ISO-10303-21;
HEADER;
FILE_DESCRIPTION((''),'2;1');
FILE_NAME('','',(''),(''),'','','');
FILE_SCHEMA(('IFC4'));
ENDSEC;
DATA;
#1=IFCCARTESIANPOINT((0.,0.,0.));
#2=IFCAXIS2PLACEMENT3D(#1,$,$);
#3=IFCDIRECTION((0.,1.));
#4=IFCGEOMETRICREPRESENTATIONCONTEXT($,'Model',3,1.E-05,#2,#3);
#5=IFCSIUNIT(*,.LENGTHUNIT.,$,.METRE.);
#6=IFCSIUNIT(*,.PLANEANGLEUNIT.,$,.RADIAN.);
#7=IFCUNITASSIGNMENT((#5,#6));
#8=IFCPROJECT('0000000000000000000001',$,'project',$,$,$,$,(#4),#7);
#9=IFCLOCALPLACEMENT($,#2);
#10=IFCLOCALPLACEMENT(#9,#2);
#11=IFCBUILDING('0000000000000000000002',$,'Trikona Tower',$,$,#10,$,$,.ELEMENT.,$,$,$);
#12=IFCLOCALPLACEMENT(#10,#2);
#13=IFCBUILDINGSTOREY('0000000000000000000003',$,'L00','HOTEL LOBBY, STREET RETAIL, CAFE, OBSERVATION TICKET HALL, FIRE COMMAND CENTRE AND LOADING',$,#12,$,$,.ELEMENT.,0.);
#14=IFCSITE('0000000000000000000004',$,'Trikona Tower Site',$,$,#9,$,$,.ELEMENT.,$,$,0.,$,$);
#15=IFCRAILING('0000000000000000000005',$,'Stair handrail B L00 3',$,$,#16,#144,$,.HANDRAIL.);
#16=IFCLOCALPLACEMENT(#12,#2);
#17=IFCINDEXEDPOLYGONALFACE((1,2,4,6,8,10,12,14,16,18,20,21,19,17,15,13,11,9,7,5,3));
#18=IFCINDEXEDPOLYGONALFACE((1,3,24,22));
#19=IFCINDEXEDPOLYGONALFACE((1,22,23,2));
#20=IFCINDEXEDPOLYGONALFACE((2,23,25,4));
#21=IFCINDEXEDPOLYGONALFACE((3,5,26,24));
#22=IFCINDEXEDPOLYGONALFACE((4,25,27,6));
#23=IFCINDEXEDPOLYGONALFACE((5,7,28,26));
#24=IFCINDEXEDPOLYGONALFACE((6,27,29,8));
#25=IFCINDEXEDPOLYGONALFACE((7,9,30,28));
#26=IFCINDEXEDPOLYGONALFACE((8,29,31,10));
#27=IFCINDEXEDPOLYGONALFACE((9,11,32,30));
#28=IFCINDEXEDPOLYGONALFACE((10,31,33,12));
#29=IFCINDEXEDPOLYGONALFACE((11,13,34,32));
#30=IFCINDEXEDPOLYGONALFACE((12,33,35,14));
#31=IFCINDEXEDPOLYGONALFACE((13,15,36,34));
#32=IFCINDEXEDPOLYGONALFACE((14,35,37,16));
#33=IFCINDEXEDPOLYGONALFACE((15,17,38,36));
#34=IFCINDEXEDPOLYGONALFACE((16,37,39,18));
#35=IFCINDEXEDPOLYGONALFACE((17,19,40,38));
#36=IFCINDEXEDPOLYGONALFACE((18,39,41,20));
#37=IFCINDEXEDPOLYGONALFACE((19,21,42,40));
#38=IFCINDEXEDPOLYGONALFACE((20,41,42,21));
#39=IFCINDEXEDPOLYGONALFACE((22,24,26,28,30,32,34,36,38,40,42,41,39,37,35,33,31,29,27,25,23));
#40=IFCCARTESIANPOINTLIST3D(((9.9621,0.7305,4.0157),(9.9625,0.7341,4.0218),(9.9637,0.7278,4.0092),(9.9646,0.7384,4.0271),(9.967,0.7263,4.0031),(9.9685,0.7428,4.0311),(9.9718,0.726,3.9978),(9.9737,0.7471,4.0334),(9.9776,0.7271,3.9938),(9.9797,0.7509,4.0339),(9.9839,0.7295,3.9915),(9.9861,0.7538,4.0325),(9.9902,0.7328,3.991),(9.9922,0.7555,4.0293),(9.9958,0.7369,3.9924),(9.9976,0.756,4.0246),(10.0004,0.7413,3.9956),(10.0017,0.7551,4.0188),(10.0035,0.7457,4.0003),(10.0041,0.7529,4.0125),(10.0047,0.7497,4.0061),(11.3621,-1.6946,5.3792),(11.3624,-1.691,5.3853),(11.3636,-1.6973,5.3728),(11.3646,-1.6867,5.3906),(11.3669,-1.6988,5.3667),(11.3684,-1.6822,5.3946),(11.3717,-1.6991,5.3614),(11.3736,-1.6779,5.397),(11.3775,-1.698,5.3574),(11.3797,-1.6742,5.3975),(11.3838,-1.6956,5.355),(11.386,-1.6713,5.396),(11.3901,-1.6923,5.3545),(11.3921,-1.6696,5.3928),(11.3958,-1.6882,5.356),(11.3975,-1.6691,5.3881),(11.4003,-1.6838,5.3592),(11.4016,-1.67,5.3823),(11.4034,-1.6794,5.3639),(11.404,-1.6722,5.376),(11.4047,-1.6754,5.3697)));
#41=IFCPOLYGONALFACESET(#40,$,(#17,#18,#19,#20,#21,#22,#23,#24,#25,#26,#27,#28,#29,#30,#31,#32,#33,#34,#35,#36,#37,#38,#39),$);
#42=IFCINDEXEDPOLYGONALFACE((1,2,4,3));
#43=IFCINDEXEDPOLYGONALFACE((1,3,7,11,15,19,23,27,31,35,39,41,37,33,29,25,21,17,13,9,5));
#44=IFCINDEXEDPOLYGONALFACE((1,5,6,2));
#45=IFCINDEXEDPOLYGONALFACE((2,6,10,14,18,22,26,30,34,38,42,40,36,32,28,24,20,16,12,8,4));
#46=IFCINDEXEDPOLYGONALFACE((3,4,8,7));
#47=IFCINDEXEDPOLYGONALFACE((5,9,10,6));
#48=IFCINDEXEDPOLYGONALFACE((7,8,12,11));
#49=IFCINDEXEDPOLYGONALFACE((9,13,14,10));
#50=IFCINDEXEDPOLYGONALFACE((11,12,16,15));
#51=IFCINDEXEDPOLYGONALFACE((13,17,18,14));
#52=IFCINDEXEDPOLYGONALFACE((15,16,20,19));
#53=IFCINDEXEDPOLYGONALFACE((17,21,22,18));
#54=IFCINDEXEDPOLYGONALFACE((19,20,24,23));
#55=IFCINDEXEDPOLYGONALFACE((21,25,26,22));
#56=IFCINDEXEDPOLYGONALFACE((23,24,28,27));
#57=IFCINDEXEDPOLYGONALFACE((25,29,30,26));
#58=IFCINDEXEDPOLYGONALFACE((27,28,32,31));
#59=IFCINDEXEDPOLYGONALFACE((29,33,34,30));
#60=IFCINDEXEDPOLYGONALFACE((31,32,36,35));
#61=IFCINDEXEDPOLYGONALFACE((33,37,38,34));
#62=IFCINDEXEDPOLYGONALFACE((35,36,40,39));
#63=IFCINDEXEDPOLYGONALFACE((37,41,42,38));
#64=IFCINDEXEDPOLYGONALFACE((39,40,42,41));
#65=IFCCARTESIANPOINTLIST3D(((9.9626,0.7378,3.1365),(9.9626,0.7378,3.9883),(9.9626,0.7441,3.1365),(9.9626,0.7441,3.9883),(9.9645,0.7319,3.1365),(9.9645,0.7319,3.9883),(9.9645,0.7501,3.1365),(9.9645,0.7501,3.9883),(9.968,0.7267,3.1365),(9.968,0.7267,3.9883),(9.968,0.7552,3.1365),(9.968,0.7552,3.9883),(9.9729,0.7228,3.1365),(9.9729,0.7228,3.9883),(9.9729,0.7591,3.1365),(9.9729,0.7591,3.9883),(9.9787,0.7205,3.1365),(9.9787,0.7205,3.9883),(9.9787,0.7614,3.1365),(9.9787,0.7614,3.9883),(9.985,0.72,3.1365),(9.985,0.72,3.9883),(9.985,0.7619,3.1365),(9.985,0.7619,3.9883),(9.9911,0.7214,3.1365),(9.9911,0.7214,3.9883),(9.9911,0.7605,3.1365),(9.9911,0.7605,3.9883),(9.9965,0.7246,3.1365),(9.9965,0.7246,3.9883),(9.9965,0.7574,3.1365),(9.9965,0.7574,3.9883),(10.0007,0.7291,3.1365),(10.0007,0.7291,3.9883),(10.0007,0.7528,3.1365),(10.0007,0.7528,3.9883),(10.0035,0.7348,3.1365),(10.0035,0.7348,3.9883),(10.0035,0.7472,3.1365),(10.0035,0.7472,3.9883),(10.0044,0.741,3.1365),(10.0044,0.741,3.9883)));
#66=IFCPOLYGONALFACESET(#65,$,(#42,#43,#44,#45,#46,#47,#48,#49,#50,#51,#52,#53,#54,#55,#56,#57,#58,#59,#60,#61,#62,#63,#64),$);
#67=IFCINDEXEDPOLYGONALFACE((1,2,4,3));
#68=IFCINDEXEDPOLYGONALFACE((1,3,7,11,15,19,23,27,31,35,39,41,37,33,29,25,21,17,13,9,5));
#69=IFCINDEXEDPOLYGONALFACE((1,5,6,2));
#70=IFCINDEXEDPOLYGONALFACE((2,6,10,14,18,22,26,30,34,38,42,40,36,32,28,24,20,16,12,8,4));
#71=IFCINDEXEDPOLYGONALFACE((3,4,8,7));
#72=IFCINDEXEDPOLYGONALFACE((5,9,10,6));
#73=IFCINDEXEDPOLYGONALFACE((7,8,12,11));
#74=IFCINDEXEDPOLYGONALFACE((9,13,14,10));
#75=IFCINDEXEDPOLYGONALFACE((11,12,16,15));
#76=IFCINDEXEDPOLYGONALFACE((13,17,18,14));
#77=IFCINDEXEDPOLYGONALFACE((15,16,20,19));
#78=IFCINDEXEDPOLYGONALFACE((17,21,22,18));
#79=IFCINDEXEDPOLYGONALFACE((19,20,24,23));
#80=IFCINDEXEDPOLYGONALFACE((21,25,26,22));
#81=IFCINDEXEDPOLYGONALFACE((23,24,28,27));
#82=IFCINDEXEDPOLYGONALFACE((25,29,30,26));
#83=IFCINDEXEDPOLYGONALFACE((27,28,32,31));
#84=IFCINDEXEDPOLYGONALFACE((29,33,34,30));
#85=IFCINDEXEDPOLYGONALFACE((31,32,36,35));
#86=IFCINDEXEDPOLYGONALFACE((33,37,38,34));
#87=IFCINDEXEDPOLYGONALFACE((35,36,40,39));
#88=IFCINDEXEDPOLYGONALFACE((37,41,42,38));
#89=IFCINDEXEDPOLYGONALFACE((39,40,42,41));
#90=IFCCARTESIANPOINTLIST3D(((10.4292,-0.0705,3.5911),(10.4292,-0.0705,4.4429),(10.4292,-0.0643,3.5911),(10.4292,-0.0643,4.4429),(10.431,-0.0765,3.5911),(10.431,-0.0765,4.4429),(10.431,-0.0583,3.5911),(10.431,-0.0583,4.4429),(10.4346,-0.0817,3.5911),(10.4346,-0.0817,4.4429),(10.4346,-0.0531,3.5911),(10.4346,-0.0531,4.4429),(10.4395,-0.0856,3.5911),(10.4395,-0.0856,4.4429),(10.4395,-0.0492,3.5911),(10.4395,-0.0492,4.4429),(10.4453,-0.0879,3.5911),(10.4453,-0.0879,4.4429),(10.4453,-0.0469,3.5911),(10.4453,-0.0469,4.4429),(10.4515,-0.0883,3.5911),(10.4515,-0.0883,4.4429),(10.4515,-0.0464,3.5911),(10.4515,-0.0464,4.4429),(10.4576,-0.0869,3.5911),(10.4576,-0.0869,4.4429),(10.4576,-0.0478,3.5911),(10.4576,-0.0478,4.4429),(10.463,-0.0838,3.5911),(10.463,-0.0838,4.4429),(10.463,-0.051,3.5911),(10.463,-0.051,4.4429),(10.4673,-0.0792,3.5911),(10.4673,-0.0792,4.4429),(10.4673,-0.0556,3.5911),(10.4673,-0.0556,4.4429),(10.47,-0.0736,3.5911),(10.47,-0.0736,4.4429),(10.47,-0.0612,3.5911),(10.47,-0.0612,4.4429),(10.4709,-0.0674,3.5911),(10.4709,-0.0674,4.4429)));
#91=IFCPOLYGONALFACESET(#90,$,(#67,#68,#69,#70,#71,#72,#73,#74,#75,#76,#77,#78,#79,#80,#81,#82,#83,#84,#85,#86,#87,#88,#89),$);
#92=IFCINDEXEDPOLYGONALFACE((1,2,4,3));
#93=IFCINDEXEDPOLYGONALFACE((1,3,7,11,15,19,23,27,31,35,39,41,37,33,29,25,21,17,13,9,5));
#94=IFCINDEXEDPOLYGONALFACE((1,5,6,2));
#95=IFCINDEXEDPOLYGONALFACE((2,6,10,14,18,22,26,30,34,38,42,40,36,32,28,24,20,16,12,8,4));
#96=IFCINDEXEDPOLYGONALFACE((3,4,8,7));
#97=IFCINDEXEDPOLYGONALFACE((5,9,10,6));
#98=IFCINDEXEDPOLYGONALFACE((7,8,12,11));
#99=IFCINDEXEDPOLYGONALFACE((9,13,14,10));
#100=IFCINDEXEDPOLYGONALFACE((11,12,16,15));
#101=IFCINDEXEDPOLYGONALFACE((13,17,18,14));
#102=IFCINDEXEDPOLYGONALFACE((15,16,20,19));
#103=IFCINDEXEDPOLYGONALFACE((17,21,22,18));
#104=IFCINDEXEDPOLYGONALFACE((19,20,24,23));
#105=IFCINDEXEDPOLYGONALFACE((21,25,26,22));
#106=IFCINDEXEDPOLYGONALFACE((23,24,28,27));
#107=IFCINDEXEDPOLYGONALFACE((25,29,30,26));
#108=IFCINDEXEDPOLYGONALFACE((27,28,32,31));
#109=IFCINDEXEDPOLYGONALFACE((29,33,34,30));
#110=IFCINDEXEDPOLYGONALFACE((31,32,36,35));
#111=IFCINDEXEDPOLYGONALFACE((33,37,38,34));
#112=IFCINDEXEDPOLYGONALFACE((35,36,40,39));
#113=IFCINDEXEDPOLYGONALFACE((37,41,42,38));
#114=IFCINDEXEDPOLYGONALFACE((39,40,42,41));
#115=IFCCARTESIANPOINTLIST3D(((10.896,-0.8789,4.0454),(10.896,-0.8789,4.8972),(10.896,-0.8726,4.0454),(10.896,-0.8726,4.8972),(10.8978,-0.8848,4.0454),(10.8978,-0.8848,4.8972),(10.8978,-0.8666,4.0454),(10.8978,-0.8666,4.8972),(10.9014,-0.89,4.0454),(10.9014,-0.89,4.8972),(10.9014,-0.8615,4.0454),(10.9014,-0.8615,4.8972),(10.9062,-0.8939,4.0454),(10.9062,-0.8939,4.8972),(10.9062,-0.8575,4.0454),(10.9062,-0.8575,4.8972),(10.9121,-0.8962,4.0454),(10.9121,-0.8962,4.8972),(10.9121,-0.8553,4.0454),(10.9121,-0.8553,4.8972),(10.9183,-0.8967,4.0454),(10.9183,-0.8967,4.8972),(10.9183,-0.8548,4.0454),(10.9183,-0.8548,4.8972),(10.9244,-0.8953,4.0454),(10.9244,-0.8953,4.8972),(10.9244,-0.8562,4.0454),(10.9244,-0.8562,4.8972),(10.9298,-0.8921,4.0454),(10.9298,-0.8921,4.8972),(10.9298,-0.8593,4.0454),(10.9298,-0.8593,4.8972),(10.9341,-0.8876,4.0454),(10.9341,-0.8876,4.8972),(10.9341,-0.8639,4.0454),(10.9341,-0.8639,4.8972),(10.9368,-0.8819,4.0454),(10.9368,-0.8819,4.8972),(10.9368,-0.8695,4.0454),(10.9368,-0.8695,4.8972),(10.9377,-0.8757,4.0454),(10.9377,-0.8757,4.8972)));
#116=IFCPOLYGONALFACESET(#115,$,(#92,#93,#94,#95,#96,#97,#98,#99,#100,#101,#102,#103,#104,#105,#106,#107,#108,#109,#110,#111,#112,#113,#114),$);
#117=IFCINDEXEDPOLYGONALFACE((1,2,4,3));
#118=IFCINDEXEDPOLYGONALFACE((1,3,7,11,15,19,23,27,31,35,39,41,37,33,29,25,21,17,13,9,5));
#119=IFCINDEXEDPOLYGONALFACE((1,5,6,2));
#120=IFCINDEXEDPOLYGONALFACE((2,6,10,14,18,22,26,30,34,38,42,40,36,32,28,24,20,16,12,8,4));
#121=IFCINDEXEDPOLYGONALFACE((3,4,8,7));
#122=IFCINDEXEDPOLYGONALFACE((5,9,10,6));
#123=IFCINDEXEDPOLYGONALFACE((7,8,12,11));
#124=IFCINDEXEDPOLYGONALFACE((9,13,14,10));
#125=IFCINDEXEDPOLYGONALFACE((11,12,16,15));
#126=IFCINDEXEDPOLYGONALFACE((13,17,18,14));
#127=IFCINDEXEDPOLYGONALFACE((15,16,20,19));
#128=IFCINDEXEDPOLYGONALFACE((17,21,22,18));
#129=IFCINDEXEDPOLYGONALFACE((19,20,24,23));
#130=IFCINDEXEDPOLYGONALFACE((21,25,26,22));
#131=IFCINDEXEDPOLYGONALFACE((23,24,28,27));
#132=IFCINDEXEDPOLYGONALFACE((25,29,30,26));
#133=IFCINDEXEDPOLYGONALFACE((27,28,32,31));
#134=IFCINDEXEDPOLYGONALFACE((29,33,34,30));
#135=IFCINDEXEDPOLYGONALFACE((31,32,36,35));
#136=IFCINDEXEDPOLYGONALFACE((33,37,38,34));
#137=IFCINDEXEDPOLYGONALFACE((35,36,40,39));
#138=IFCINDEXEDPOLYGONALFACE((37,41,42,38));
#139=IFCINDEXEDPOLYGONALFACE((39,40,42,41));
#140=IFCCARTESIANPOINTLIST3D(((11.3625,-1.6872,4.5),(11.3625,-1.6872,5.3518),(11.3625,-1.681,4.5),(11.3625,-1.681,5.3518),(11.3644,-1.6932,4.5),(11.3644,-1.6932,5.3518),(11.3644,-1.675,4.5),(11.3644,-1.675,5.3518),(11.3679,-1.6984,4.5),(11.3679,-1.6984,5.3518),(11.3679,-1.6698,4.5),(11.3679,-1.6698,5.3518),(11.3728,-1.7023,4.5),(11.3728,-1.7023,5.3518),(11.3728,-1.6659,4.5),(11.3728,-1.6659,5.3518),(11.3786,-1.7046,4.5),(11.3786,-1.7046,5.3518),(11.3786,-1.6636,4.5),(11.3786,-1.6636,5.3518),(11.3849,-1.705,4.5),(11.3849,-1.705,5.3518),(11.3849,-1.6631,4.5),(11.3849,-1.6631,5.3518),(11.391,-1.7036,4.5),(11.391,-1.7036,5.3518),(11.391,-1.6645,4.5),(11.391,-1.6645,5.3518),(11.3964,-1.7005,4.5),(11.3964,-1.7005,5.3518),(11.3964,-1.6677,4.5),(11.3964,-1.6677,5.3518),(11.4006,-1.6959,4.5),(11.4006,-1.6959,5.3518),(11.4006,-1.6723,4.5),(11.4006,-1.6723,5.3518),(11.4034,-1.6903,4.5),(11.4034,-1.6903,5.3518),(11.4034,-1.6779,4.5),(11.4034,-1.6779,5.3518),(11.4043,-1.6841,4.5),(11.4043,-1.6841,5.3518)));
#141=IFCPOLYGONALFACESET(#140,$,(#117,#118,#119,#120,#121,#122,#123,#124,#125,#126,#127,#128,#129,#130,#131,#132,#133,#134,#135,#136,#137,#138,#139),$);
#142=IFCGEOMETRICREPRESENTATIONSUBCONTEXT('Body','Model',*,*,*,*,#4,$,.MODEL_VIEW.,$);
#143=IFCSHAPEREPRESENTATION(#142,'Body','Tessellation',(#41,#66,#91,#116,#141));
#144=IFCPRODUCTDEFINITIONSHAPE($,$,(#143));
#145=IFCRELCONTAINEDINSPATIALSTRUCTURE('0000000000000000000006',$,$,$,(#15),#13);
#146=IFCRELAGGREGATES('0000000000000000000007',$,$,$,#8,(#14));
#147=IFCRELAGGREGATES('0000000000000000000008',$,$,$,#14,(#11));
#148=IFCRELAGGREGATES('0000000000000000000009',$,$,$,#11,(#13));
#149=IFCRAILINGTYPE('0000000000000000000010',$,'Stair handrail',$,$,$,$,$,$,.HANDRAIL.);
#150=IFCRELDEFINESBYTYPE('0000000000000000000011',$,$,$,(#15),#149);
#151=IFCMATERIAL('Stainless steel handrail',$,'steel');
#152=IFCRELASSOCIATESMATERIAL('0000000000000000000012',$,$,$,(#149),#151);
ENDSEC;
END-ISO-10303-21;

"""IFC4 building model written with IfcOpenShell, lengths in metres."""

from ifc_helpers import new_model, si_unit, direction, frame, origin, origin_2d, place, context, subcontext, project, spatial, circle, extrude, material, type_object, element, save


model = new_model("IFC4")

# Units and contexts
model_context = context("Model", 3, precision=1e-05, world=origin(), true_north=direction((0.0, 1.0)))
body_context = subcontext(model_context, "Body", "Model", "MODEL_VIEW")
ifc_project = project(units=[si_unit("LENGTHUNIT", "METRE"), si_unit("PLANEANGLEUNIT", "RADIAN")], contexts=[model_context])

# Site, building, storey
site_placement = place(None, origin())
site = spatial("IfcSite", under=ifc_project, at=site_placement, Name="Trikona Tower Site", CompositionType="ELEMENT", RefElevation=0.0)
building_placement = place(site_placement, origin())
building = spatial("IfcBuilding", under=site, at=building_placement, Name="Trikona Tower", CompositionType="ELEMENT")
storey_placement = place(building_placement, origin())
storey = spatial("IfcBuildingStorey", under=building, at=storey_placement, Name="L00", Description="HOTEL LOBBY, STREET RETAIL, CAFE, OBSERVATION TICKET HALL, FIRE COMMAND CENTRE AND LOADING", CompositionType="ELEMENT", Elevation=0.0)

# Railing
ifc_material_1 = material(Name="Stainless steel handrail", Category="steel")
railing_type = type_object("IfcRailingType", Name="Stair handrail", PredefinedType="HANDRAIL", material=ifc_material_1)
for number, where, name in (
    (1, (9.9834, 0.741, 3.1365), "Stair handrail B L00 3"),
):
    element("IfcRailing", number, at=place(storey_placement, frame(where)), inside=storey, type_object=railing_type, Name=name, PredefinedType="HANDRAIL", context=body_context, shape_type="SweptSolid", body=[
        extrude(circle(Radius=0.0239, at=origin_2d()), frame((0.0, 0.0, 0.876), z_axis=(0.449486, -0.778645, 0.437806), x_axis=(0.866056, 0.499946, 0.0)), (0.0, 0.0, 1.0), 3.1145),
        extrude(circle(Radius=0.021, at=origin_2d()), origin(), (0.0, 0.0, 1.0), 0.8518),
        extrude(circle(Radius=0.021, at=origin_2d()), frame((0.4666, -0.8083, 0.4546)), (0.0, 0.0, 1.0), 0.8518),
        extrude(circle(Radius=0.021, at=origin_2d()), frame((0.9333, -1.6167, 0.9089)), (0.0, 0.0, 1.0), 0.8518),
        extrude(circle(Radius=0.021, at=origin_2d()), frame((1.3999, -2.425, 1.3635)), (0.0, 0.0, 1.0), 0.8518),
    ])

save(model, "model.ifc")
